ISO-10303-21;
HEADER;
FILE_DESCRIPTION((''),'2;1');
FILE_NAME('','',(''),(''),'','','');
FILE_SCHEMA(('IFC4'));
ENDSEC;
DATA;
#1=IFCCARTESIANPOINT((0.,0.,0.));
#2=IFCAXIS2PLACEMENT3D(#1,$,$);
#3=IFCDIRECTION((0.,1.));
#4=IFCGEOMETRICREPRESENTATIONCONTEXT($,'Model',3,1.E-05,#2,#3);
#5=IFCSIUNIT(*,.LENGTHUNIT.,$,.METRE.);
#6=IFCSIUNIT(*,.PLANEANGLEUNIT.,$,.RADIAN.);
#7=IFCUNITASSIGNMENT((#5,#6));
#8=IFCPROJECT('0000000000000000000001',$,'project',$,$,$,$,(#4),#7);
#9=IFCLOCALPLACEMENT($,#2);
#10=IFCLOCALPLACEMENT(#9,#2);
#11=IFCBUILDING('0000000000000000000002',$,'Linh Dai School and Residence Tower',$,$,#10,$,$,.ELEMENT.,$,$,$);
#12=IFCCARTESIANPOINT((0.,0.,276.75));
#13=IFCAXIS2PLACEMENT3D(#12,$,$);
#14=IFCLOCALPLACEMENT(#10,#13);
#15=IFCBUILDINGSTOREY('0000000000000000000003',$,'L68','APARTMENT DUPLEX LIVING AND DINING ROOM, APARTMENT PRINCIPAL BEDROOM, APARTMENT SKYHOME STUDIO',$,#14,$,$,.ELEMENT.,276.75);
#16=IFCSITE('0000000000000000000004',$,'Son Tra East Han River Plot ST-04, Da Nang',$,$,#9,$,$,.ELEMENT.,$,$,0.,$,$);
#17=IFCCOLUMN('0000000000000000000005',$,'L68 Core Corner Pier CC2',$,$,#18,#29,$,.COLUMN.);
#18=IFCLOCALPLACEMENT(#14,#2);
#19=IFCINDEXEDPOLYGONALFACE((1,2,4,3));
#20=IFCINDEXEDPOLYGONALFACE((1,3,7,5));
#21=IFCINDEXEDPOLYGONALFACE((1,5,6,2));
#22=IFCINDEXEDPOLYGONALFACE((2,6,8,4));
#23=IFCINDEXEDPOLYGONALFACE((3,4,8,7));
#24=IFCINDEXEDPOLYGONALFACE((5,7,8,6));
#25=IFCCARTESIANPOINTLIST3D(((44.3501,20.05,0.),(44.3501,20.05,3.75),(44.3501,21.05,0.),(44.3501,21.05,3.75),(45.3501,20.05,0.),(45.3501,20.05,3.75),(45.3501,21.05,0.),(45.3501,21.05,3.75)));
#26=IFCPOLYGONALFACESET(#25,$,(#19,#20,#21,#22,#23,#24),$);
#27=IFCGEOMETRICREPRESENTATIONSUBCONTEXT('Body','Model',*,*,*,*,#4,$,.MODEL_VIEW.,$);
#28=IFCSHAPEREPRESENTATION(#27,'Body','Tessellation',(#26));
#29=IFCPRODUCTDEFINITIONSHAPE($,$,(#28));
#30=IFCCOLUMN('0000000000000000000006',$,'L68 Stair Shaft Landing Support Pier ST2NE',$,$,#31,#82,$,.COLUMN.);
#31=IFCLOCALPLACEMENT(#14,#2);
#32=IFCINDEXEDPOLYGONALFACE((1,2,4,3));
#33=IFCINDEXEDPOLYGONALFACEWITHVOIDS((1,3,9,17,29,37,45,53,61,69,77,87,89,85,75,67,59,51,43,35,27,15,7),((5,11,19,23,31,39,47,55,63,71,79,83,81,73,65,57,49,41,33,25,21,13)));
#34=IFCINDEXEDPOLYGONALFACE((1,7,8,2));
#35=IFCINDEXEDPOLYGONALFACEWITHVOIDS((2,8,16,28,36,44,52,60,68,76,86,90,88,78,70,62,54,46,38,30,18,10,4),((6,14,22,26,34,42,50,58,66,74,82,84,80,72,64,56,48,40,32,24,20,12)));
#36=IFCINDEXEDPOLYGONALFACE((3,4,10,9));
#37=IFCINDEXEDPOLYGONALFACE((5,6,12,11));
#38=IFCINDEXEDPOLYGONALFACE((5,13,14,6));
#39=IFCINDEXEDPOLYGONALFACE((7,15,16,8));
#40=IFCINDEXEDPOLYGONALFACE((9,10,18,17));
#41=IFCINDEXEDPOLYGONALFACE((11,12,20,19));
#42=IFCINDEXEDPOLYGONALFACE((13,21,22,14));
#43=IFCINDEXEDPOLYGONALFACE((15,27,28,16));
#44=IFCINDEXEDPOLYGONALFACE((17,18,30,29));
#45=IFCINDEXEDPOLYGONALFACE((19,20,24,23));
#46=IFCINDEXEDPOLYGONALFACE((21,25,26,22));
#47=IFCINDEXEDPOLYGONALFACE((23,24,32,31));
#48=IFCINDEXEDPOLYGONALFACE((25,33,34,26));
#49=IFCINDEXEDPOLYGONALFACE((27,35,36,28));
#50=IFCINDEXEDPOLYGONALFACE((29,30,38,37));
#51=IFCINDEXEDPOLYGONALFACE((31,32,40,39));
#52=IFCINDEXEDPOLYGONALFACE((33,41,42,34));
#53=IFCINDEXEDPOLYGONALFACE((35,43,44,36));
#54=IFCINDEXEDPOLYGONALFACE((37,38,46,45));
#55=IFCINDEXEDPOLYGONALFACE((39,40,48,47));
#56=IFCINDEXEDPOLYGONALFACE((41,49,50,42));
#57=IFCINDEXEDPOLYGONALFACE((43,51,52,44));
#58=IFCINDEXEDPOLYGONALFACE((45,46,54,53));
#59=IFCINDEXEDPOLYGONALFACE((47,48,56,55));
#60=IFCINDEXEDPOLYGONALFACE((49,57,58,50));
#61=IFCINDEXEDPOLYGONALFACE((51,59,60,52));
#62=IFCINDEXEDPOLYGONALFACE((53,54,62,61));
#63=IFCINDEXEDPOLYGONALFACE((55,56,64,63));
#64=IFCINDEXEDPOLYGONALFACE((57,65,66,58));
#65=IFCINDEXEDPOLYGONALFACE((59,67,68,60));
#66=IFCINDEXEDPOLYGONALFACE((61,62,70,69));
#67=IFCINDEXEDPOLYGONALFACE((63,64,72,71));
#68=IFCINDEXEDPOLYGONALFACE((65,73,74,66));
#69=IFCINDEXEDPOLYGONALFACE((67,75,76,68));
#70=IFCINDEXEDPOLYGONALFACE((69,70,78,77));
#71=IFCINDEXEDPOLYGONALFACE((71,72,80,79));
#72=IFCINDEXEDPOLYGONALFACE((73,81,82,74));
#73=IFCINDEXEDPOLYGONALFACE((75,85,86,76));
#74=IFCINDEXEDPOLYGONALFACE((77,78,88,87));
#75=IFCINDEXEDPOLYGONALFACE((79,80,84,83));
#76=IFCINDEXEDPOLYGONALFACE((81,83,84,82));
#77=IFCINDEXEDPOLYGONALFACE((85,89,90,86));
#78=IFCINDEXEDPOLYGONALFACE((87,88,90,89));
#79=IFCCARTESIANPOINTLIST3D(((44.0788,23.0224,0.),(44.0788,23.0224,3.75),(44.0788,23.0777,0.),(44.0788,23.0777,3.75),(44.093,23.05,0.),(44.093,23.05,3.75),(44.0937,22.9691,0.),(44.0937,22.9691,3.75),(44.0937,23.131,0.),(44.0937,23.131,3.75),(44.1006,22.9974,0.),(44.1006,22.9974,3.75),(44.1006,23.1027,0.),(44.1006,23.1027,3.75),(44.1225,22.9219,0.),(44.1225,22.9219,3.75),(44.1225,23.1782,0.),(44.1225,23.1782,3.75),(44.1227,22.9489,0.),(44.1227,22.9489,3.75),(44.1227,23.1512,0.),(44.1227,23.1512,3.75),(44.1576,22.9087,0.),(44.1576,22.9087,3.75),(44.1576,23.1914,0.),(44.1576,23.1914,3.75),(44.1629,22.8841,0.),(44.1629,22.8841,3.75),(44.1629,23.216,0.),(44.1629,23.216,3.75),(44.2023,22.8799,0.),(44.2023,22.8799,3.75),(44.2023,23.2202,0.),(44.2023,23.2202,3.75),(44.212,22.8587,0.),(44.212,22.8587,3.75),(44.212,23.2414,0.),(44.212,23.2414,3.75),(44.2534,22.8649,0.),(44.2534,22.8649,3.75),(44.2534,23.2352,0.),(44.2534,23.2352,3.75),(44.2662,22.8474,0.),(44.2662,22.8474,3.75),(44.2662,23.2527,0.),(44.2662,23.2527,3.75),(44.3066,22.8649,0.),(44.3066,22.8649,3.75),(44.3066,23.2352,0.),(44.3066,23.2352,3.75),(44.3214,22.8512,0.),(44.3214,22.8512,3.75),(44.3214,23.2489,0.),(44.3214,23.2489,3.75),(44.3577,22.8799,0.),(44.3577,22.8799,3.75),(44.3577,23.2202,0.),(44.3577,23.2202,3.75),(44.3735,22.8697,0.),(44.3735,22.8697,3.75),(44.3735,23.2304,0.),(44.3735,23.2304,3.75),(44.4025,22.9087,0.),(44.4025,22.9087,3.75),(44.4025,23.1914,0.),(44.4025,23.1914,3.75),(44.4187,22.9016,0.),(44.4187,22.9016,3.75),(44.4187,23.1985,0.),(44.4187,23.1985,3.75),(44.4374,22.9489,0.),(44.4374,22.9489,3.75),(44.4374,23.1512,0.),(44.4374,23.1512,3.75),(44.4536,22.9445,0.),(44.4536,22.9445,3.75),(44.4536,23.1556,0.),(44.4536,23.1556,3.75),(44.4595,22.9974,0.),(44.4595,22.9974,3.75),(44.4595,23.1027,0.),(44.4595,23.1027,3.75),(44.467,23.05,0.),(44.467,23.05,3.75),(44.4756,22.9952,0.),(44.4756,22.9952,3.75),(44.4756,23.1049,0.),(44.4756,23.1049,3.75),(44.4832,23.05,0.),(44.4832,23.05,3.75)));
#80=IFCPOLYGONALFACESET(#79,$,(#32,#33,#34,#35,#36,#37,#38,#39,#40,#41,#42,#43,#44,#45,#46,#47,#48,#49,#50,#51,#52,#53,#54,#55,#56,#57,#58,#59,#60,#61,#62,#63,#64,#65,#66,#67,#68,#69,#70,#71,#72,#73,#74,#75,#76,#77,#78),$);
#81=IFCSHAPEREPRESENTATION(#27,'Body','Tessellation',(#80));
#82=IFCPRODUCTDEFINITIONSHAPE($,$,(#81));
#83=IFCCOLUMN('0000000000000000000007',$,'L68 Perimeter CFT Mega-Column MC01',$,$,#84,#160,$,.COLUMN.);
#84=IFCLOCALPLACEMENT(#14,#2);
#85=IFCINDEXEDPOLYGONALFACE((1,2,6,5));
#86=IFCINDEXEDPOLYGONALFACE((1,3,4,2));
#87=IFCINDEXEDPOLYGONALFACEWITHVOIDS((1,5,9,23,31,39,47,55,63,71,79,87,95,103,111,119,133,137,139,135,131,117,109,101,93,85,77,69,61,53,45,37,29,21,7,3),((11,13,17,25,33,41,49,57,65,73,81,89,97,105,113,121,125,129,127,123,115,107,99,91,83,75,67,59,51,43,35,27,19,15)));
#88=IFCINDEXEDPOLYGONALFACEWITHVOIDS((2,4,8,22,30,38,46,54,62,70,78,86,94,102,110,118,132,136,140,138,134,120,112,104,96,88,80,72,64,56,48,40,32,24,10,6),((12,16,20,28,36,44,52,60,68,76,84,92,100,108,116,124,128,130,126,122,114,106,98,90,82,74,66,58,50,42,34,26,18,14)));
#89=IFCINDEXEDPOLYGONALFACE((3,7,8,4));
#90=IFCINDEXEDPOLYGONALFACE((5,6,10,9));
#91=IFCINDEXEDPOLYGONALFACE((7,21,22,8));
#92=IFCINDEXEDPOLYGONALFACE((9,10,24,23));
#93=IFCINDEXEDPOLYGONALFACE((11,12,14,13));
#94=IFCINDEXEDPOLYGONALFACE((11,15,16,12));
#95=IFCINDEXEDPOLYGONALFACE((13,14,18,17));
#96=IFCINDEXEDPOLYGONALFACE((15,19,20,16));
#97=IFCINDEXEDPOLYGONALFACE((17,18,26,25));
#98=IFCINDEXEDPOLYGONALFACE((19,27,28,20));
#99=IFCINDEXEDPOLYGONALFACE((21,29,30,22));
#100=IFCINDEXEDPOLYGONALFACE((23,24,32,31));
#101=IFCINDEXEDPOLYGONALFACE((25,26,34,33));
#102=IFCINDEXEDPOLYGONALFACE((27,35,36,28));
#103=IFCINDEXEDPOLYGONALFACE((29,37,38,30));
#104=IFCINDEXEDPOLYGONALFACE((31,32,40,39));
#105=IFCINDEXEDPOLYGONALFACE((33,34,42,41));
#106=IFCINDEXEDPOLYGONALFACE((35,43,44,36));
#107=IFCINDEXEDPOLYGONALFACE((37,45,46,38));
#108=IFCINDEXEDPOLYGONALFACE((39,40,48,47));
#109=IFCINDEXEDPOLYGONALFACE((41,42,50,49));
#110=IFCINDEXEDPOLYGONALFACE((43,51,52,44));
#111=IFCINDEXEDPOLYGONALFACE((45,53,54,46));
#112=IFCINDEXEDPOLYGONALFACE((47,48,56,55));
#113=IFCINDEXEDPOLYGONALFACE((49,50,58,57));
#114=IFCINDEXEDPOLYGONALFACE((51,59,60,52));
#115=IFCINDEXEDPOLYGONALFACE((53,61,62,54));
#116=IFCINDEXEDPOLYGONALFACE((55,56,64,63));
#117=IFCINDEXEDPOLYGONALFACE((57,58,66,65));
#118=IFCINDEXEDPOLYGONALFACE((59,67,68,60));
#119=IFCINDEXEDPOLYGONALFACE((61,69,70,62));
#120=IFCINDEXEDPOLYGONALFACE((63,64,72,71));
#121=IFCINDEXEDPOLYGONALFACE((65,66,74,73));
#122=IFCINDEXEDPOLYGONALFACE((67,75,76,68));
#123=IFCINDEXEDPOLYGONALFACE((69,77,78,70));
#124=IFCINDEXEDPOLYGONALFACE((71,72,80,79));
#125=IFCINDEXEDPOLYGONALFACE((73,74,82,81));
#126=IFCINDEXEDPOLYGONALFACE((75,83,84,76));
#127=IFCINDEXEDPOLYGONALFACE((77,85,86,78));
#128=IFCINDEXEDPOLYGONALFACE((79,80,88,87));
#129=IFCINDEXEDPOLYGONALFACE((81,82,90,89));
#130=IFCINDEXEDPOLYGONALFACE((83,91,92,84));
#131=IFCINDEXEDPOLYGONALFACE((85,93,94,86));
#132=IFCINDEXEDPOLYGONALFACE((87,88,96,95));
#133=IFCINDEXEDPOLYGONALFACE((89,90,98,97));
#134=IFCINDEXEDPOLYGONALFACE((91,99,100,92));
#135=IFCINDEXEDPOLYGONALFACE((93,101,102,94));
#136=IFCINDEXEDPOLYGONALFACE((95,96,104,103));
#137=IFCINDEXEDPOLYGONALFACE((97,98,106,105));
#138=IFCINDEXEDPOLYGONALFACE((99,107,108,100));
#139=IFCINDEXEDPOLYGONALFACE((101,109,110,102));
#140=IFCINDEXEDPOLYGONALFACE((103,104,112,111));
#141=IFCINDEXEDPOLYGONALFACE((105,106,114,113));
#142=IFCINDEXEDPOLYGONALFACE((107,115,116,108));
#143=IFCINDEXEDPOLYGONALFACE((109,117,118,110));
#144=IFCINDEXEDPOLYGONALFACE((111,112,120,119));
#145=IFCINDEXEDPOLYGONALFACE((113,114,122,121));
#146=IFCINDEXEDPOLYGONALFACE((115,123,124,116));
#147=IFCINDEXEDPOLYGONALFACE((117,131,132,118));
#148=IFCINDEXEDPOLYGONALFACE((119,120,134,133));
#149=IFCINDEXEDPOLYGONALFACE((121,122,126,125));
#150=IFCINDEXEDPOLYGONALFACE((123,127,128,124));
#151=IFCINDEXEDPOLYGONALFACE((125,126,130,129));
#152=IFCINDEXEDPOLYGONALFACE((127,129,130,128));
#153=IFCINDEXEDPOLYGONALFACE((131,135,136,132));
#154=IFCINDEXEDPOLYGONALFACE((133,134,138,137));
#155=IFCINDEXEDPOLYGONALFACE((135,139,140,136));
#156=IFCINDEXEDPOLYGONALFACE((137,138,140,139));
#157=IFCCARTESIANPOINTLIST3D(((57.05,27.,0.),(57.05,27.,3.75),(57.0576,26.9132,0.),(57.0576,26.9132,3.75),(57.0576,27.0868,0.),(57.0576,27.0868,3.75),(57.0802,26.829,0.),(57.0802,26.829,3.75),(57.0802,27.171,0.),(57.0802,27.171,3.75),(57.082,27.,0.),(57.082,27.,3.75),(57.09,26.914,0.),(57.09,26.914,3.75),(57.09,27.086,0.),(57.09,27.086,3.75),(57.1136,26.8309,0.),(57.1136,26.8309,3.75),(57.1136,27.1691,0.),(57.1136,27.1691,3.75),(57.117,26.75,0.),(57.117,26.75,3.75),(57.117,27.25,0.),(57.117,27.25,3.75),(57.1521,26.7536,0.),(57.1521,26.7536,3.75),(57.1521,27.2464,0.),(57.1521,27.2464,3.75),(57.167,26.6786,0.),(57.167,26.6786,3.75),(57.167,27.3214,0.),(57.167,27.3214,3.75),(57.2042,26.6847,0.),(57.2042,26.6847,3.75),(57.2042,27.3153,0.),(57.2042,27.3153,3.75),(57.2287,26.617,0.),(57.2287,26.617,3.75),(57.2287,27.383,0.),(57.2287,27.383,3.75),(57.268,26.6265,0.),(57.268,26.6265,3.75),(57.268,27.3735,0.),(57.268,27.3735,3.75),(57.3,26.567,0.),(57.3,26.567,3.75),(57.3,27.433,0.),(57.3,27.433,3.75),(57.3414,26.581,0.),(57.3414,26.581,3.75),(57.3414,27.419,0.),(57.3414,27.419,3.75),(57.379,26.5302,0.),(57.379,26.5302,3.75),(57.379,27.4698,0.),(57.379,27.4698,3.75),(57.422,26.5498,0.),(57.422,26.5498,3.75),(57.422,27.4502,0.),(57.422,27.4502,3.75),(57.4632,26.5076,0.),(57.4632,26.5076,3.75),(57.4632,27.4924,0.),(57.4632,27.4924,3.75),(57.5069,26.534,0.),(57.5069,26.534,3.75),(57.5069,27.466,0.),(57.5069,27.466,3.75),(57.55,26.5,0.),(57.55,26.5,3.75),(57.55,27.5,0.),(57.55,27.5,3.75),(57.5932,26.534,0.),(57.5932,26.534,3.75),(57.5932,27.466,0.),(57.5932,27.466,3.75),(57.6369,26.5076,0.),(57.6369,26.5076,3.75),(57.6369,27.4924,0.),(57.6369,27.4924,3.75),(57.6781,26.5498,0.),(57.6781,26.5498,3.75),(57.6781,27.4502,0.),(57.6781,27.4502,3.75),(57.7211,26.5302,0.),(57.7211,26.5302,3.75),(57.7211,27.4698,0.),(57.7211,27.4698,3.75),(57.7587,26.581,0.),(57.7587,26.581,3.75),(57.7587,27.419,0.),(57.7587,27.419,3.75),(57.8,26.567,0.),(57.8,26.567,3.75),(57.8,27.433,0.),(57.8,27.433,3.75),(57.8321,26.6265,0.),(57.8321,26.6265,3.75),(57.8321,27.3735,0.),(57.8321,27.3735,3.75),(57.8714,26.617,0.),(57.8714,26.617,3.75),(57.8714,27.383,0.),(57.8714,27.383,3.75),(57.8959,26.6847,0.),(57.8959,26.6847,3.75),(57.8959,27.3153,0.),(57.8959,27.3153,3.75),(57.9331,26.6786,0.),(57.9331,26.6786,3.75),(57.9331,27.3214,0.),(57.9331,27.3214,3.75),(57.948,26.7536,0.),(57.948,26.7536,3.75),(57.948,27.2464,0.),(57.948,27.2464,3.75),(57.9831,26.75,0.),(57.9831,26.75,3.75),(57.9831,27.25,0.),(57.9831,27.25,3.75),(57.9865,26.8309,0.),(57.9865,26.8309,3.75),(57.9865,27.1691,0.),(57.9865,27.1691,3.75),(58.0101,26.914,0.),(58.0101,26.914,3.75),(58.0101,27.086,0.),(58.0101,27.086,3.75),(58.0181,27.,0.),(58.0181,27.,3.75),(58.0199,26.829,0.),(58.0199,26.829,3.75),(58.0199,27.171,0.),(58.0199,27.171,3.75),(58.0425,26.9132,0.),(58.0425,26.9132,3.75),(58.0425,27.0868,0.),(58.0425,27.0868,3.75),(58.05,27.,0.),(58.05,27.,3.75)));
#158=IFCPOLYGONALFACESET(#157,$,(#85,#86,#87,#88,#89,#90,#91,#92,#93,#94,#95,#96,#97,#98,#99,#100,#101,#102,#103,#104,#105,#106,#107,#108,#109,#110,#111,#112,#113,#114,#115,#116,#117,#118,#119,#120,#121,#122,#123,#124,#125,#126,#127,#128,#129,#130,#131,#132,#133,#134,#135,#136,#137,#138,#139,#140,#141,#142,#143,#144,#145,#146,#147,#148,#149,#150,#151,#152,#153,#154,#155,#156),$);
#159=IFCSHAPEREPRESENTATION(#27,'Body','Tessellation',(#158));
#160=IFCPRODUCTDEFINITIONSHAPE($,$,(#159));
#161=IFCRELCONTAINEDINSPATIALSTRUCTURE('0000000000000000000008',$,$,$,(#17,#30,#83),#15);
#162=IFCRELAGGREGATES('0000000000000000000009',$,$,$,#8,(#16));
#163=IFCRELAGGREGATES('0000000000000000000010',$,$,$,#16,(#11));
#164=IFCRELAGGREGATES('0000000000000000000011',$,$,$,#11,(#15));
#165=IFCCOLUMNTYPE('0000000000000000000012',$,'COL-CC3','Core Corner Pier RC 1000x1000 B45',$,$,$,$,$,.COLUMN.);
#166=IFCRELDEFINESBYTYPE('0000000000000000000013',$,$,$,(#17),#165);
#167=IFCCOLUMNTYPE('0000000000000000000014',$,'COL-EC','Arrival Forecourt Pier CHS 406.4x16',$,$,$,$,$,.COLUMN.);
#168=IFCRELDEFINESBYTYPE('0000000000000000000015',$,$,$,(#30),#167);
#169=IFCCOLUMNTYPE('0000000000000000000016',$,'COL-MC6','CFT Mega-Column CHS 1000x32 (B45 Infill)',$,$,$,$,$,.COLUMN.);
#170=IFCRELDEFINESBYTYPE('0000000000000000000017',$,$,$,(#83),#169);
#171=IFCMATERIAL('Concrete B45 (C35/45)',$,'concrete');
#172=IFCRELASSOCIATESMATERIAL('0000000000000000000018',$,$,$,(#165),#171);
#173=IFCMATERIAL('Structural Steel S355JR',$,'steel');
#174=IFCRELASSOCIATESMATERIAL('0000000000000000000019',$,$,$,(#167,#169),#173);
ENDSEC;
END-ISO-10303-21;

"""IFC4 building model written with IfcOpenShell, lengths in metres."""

from ifc_helpers import new_model, si_unit, direction, frame, origin, origin_2d, place, context, subcontext, project, spatial, rectangle, hollow_circle, extrude, material, material_profile, profile_set, type_object, element, save


model = new_model("IFC4")

# Units and contexts
model_context = context("Model", 3, precision=1e-05, world=origin(), true_north=direction((0.0, 1.0)))
body_context = subcontext(model_context, "Body", "Model", "MODEL_VIEW")
ifc_project = project(units=[si_unit("LENGTHUNIT", "METRE"), si_unit("PLANEANGLEUNIT", "RADIAN")], contexts=[model_context])

# Site, building, storey
site_placement = place(None, origin())
site = spatial("IfcSite", under=ifc_project, at=site_placement, Name="Son Tra East Han River Plot ST-04, Da Nang", CompositionType="ELEMENT", RefElevation=0.0)
building_placement = place(site_placement, origin())
building = spatial("IfcBuilding", under=site, at=building_placement, Name="Linh Dai School and Residence Tower", CompositionType="ELEMENT")
storey_placement = place(building_placement, frame((0.0, 0.0, 276.75)))
storey = spatial("IfcBuildingStorey", under=building, at=storey_placement, Name="L68", Description="APARTMENT DUPLEX LIVING AND DINING ROOM, APARTMENT PRINCIPAL BEDROOM, APARTMENT SKYHOME STUDIO", CompositionType="ELEMENT", Elevation=276.75)

# Columns
ifc_material_1 = material(Name="Concrete B45 (C35/45)", Category="concrete")
ifc_material_profile_1 = material_profile(ifc_material_1, rectangle(XDim=1.0, YDim=1.0, at=origin_2d()), Name="RC 1000x1000")
ifc_profile_set_1 = profile_set([ifc_material_profile_1], Name="Concrete B45 (C35/45)")
column_type_1 = type_object("IfcColumnType", Name="COL-CC3", Description="Core Corner Pier RC 1000x1000 B45", PredefinedType="COLUMN", material=ifc_profile_set_1)
column_1_placement = place(storey_placement, frame((44.8501, 20.55, 0.0), z_axis=(0.0, 0.0, 1.0), x_axis=(1.0, 0.0, 0.0)))
element("IfcColumn", 1, at=column_1_placement, inside=storey, type_object=column_type_1, Name="L68 Core Corner Pier CC2", PredefinedType="COLUMN", context=body_context, shape_type="SweptSolid", body=[
    extrude(rectangle(XDim=1.0, YDim=1.0, at=origin_2d()), origin(), (0.0, 0.0, 1.0), 3.75),
])
ifc_material_2 = material(Name="Structural Steel S355JR", Category="steel")
ifc_material_profile_2 = material_profile(ifc_material_2, hollow_circle(Radius=0.2031, WallThickness=0.0161, at=origin_2d()), Name="CHS 406.4x16")
ifc_profile_set_2 = profile_set([ifc_material_profile_2], Name="Structural Steel S355JR")
column_type_2 = type_object("IfcColumnType", Name="COL-EC", Description="Arrival Forecourt Pier CHS 406.4x16", PredefinedType="COLUMN", material=ifc_profile_set_2)
column_2_placement = place(storey_placement, frame((44.28, 23.05, 0.0), z_axis=(0.0, 0.0, 1.0), x_axis=(1.0, 0.0, 0.0)))
element("IfcColumn", 2, at=column_2_placement, inside=storey, type_object=column_type_2, Name="L68 Stair Shaft Landing Support Pier ST2NE", PredefinedType="COLUMN", context=body_context, shape_type="SweptSolid", body=[
    extrude(hollow_circle(Radius=0.2031, WallThickness=0.0161, at=origin_2d()), origin(), (0.0, 0.0, 1.0), 3.75),
])
ifc_material_profile_3 = material_profile(ifc_material_2, hollow_circle(Radius=0.5, WallThickness=0.032, at=origin_2d()), Name="CHS 1000x32")
ifc_profile_set_3 = profile_set([ifc_material_profile_3], Name="Structural Steel S355JR")
column_type_3 = type_object("IfcColumnType", Name="COL-MC6", Description="CFT Mega-Column CHS 1000x32 (B45 Infill)", PredefinedType="COLUMN", material=ifc_profile_set_3)
column_3_placement = place(storey_placement, frame((57.55, 27.0, 0.0), z_axis=(0.0, 0.0, 1.0), x_axis=(1.0, 0.0, 0.0)))
element("IfcColumn", 3, at=column_3_placement, inside=storey, type_object=column_type_3, Name="L68 Perimeter CFT Mega-Column MC01", PredefinedType="COLUMN", context=body_context, shape_type="SweptSolid", body=[
    extrude(hollow_circle(Radius=0.5, WallThickness=0.032, at=origin_2d()), origin(), (0.0, 0.0, 1.0), 3.75),
])

save(model, "model.ifc")
